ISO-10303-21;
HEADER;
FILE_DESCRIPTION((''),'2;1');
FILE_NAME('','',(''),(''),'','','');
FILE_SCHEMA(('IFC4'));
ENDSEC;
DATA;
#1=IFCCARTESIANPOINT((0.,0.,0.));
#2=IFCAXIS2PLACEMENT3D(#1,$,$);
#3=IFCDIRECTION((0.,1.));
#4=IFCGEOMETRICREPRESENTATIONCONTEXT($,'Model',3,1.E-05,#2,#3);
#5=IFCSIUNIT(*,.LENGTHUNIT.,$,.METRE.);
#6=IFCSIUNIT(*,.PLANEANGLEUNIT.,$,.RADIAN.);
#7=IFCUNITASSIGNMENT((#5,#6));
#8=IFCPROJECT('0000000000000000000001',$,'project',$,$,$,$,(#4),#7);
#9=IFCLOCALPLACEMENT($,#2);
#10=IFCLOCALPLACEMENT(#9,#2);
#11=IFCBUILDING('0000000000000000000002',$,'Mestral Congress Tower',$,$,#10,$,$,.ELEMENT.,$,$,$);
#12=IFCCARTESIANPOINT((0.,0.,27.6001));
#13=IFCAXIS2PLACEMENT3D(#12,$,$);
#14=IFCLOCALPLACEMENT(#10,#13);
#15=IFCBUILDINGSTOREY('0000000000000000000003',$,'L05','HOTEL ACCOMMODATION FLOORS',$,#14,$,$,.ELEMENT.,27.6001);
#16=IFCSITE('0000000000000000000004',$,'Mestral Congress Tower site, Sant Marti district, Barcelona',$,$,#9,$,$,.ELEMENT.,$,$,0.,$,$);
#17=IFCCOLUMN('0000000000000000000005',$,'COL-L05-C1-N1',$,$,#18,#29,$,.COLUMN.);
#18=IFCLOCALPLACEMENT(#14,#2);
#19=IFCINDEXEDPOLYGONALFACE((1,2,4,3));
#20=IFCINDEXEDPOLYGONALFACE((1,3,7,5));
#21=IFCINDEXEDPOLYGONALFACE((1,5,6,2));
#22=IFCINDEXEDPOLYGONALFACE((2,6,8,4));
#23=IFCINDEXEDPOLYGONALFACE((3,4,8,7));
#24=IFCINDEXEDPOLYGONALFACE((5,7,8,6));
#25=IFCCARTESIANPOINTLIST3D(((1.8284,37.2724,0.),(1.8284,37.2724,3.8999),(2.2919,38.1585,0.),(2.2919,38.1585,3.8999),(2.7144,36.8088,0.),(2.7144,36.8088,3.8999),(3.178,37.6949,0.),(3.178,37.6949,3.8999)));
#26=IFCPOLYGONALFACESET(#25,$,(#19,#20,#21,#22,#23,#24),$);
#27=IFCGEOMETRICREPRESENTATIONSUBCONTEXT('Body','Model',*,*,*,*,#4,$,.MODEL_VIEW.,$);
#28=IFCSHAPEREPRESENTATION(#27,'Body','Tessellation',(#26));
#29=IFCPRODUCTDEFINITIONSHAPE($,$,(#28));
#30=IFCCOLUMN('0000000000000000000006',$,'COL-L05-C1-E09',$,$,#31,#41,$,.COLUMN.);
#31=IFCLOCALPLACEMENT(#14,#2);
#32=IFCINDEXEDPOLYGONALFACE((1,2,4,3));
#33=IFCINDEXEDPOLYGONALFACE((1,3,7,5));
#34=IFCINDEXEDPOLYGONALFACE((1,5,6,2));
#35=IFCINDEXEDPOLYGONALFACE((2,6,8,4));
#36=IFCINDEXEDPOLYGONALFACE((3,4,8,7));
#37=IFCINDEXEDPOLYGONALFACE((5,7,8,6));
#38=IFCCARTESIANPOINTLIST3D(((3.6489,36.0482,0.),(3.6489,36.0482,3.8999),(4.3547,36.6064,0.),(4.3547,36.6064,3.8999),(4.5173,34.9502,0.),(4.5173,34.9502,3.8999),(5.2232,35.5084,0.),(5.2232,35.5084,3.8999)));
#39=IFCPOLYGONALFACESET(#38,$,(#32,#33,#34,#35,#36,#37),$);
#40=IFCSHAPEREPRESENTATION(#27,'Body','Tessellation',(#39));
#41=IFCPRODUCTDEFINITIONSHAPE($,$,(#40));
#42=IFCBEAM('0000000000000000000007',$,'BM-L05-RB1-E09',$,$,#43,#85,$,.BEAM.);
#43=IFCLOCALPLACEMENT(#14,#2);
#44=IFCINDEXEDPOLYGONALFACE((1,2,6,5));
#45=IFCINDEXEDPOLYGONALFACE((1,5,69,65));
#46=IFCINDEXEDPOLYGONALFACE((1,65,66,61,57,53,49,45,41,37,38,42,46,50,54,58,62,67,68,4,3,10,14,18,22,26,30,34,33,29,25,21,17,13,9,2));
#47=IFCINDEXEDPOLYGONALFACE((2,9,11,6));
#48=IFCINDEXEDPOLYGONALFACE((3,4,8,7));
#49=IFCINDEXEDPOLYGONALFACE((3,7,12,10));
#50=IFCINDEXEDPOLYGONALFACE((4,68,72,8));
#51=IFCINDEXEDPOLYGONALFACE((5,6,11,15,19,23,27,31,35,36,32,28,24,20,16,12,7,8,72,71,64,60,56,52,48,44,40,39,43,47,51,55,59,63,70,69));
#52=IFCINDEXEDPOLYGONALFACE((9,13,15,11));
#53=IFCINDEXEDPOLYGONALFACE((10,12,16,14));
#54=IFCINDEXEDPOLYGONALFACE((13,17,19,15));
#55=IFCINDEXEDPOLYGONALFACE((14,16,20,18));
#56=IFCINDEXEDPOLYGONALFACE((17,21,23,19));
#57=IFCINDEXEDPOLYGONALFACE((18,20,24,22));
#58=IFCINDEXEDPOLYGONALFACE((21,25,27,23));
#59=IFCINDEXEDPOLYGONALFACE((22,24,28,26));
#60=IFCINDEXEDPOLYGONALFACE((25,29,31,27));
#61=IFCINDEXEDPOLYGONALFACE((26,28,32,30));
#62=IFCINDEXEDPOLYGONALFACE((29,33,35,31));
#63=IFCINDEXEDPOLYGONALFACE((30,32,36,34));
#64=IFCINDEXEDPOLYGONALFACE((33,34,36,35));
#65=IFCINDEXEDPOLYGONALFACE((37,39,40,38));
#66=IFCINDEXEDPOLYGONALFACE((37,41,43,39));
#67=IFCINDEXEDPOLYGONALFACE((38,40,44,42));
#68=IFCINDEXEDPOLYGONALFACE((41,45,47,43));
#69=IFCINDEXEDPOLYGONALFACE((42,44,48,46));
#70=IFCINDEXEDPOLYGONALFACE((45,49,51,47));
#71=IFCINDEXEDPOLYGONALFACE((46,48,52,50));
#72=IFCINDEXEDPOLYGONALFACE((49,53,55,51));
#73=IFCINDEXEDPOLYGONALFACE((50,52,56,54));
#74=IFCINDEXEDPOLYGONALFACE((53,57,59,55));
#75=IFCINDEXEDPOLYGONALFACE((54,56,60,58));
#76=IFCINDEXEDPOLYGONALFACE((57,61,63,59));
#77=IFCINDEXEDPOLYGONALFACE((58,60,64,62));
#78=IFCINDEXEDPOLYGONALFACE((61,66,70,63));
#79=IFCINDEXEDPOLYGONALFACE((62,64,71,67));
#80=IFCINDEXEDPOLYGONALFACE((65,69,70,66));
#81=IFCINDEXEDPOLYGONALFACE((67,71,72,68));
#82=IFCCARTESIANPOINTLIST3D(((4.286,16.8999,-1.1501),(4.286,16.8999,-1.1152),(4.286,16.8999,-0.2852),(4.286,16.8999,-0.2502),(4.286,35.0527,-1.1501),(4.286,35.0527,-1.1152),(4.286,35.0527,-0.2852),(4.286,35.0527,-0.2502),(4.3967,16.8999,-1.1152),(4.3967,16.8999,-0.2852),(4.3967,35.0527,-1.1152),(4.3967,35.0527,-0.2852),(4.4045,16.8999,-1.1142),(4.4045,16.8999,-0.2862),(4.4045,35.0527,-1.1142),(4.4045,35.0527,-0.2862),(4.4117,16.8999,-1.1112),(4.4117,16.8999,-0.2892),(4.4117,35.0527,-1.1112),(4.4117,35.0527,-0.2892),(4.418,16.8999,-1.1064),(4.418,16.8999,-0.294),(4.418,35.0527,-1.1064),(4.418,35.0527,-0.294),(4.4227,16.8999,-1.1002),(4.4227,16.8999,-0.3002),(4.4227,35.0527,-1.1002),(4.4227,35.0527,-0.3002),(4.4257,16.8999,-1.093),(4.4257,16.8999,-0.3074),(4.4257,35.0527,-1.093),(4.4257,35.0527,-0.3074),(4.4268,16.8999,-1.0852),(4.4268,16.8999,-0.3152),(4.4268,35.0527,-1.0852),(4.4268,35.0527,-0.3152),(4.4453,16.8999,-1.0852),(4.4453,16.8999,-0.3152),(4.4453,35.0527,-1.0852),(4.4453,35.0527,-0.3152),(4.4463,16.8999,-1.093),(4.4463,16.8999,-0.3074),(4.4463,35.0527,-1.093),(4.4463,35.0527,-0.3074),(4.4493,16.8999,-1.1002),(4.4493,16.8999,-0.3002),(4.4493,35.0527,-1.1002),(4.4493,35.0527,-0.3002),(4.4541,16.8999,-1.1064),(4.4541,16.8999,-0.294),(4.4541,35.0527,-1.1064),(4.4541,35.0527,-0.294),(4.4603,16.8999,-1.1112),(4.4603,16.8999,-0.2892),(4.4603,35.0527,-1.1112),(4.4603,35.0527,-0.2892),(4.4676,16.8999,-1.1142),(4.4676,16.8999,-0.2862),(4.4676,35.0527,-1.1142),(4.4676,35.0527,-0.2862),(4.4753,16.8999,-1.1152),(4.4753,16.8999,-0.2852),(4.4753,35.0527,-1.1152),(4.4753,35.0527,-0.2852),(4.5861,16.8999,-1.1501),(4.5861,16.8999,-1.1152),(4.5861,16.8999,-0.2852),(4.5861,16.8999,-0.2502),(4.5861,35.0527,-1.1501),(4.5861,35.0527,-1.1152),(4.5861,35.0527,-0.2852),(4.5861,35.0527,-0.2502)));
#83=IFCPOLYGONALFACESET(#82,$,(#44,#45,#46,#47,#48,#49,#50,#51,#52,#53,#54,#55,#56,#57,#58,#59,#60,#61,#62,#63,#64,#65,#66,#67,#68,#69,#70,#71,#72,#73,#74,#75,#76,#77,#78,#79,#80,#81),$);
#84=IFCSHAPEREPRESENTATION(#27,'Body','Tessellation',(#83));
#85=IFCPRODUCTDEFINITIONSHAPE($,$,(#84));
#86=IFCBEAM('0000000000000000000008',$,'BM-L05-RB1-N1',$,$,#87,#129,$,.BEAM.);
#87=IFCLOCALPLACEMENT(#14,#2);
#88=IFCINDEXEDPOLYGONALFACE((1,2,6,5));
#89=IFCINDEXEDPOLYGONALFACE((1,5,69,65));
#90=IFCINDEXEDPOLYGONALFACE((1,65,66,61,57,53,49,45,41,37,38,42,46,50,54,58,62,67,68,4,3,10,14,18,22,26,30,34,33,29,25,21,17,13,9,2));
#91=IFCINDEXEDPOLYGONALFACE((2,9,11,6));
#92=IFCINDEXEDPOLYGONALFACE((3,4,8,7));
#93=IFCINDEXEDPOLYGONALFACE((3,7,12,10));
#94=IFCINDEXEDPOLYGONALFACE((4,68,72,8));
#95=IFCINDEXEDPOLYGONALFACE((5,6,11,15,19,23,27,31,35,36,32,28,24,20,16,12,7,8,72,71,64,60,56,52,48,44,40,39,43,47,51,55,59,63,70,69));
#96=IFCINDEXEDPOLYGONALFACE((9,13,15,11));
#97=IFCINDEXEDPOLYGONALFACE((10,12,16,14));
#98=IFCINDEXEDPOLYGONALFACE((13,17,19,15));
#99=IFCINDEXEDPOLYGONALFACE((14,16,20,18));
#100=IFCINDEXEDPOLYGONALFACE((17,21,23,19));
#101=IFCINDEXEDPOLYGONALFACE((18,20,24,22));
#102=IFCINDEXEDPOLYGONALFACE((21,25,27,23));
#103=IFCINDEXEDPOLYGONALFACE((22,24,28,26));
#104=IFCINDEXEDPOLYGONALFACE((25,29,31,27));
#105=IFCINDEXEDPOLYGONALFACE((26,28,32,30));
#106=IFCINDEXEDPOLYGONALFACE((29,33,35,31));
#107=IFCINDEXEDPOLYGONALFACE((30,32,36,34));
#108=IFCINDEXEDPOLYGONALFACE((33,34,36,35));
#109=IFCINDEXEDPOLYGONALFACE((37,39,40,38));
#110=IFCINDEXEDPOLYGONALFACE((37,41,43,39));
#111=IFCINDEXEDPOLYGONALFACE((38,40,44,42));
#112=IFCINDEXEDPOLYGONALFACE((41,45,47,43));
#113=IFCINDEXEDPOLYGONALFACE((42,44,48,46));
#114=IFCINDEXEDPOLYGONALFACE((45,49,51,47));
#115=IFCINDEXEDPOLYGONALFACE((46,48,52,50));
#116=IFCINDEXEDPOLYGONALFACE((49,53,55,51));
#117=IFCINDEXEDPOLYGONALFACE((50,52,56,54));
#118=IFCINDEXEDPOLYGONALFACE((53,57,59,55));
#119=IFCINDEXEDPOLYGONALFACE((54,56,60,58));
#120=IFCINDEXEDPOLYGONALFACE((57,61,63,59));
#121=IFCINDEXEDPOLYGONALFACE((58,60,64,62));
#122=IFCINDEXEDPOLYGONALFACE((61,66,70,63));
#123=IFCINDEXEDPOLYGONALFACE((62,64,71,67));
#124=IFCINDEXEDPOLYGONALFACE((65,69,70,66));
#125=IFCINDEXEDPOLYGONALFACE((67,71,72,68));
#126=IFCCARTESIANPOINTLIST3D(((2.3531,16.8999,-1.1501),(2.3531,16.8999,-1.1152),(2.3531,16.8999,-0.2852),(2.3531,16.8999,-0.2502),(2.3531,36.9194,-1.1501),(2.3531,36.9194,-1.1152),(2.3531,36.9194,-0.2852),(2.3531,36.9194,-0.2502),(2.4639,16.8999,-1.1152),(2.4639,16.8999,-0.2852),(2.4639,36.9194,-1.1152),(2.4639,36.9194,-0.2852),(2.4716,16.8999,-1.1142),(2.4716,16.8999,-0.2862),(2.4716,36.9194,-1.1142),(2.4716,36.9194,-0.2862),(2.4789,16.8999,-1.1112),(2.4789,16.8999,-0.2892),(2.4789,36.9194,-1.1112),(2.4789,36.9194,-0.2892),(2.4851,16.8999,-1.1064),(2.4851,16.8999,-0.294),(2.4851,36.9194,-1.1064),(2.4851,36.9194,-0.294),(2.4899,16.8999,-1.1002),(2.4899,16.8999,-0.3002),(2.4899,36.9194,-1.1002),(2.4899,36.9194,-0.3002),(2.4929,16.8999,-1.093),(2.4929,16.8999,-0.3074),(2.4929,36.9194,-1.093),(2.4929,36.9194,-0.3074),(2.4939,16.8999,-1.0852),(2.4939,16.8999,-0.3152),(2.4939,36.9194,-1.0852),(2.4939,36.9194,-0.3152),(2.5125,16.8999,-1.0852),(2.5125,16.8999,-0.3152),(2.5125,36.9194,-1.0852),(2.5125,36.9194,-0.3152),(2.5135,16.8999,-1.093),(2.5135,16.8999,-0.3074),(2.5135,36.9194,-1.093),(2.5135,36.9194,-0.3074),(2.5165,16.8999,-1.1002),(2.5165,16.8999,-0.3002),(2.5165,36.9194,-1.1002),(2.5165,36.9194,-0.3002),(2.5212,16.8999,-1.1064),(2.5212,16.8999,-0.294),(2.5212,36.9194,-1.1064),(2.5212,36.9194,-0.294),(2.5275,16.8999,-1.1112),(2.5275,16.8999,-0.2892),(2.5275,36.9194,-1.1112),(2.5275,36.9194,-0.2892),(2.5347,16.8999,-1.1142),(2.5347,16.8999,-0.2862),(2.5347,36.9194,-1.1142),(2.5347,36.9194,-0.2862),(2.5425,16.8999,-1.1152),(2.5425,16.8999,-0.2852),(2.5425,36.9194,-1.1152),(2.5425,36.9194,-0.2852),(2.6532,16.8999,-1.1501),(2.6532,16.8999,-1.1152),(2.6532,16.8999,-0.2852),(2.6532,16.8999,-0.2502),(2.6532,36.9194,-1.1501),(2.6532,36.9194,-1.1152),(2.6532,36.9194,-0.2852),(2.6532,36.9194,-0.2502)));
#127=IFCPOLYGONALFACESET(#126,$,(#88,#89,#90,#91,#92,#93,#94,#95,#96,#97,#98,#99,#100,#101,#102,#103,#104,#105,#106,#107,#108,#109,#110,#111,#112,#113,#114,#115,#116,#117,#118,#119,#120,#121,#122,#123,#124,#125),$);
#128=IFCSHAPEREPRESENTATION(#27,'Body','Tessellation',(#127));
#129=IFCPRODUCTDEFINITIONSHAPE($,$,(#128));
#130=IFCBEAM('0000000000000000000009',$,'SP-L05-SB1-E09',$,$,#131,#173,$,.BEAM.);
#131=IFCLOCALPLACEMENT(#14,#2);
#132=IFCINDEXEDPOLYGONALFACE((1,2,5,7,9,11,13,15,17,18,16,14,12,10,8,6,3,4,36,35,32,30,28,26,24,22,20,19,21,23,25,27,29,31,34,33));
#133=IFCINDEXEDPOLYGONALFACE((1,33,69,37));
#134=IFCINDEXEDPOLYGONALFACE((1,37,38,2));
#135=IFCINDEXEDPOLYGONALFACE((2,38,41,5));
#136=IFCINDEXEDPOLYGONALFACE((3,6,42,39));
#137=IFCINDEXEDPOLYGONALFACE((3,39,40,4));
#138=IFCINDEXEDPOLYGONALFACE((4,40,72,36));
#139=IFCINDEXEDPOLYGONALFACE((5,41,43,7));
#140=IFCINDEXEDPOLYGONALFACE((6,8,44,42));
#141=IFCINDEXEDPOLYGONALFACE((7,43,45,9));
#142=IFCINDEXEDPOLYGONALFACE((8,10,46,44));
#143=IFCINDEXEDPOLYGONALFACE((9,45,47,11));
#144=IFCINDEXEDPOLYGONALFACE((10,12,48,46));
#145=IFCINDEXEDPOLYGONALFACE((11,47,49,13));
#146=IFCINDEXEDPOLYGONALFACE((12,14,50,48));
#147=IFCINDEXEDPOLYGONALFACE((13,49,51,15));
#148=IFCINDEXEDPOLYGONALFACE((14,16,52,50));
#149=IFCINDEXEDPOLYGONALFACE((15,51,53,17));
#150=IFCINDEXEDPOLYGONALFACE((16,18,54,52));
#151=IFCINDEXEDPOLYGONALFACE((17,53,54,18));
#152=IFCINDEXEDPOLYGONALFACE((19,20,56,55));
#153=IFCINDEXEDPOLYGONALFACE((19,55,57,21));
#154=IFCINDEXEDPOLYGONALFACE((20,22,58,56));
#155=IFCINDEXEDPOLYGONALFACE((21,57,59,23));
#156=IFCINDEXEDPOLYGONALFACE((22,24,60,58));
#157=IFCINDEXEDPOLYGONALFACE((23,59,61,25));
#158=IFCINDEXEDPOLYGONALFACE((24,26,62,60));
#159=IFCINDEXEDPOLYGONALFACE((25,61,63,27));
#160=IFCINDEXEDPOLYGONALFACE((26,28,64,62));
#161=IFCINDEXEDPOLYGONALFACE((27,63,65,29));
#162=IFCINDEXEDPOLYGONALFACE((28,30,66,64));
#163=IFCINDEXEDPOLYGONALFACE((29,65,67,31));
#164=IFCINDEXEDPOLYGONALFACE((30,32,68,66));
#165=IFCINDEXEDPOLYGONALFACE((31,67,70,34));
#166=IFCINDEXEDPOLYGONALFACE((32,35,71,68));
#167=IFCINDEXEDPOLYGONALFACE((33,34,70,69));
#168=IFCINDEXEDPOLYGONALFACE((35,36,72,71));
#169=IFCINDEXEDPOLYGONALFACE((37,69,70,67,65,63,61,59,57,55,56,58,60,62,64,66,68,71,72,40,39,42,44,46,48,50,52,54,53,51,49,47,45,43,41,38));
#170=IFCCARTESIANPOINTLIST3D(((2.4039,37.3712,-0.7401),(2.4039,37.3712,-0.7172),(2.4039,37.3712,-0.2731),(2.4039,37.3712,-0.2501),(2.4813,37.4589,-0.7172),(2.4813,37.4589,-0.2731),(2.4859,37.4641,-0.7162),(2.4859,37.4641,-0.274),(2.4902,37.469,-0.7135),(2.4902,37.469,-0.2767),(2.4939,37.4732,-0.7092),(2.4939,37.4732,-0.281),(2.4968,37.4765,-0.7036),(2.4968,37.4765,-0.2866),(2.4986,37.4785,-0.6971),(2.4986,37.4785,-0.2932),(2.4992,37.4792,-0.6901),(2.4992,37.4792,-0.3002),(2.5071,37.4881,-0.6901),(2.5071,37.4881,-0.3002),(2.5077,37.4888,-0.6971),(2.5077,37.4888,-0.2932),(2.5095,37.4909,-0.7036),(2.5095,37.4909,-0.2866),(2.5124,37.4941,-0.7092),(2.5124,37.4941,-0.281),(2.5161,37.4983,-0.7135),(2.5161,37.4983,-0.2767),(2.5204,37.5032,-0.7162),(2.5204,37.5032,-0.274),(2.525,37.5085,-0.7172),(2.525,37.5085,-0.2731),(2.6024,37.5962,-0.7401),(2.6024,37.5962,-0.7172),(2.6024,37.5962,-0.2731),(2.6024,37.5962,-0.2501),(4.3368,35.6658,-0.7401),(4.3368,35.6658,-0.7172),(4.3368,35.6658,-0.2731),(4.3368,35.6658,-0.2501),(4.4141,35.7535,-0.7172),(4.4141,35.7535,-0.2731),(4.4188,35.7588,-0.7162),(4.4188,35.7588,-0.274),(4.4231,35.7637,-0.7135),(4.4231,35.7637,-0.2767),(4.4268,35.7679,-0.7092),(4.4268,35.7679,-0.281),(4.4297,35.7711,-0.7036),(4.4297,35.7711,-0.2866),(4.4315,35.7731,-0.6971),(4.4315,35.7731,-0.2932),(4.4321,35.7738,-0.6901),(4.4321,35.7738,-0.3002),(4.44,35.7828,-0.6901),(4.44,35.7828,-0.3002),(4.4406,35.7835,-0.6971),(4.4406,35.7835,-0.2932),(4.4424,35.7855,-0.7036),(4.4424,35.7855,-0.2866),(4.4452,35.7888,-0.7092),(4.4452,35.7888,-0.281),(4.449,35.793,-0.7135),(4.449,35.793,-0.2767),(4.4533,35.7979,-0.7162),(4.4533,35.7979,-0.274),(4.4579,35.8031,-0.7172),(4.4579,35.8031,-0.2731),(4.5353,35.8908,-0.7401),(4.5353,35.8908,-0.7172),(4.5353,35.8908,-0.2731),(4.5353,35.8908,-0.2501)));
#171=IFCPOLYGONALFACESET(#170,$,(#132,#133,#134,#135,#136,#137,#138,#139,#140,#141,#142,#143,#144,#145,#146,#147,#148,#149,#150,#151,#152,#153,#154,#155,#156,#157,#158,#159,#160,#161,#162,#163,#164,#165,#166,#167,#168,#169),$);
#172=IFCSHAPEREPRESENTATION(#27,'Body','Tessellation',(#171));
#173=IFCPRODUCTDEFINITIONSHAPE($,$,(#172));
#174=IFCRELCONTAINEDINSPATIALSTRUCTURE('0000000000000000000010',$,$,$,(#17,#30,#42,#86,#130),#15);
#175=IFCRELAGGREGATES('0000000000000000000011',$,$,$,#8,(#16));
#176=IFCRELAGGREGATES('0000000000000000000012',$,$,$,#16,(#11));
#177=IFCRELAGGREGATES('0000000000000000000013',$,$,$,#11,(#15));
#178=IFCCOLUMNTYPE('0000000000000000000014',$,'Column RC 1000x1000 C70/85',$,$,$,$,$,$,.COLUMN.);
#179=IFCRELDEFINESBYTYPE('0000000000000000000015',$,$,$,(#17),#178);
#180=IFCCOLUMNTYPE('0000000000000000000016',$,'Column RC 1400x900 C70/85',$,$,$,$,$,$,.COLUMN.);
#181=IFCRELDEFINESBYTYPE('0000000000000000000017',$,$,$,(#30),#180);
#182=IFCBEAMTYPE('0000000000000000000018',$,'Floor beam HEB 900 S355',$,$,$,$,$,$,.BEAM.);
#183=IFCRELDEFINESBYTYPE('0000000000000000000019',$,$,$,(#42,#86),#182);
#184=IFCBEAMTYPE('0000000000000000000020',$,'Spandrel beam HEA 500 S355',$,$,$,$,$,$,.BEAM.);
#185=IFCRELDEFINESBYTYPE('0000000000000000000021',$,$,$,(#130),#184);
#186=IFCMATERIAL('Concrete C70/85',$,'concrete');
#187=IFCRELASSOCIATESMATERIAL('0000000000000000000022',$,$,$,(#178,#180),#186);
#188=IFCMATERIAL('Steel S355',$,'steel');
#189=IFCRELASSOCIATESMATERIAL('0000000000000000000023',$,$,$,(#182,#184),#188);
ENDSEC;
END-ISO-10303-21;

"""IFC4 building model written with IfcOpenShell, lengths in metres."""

from ifc_helpers import new_model, si_unit, direction, frame, origin, origin_2d, place, context, subcontext, project, spatial, rectangle, i_section, extrude, material, material_profile, profile_set, type_object, element, save


model = new_model("IFC4")

# Units and contexts
model_context = context("Model", 3, precision=1e-05, world=origin(), true_north=direction((0.0, 1.0)))
body_context = subcontext(model_context, "Body", "Model", "MODEL_VIEW")
ifc_project = project(units=[si_unit("LENGTHUNIT", "METRE"), si_unit("PLANEANGLEUNIT", "RADIAN")], contexts=[model_context])

# Site, building, storey
site_placement = place(None, origin())
site = spatial("IfcSite", under=ifc_project, at=site_placement, Name="Mestral Congress Tower site, Sant Marti district, Barcelona", CompositionType="ELEMENT", RefElevation=0.0)
building_placement = place(site_placement, origin())
building = spatial("IfcBuilding", under=site, at=building_placement, Name="Mestral Congress Tower", CompositionType="ELEMENT")
storey_placement = place(building_placement, frame((0.0, 0.0, 27.6001)))
storey = spatial("IfcBuildingStorey", under=building, at=storey_placement, Name="L05", Description="HOTEL ACCOMMODATION FLOORS", CompositionType="ELEMENT", Elevation=27.6001)

# Columns
ifc_material_1 = material(Name="Concrete C70/85", Category="concrete")
ifc_material_profile_1 = material_profile(ifc_material_1, rectangle(XDim=1.0, YDim=1.0, at=origin_2d()), Name="RC 1000x1000")
ifc_profile_set_1 = profile_set([ifc_material_profile_1], Name="Concrete C70/85")
column_type_1 = type_object("IfcColumnType", Name="Column RC 1000x1000 C70/85", PredefinedType="COLUMN", material=ifc_profile_set_1)
column_1_placement = place(storey_placement, frame((2.5032, 37.4836, 0.0), z_axis=(0.0, 0.0, 1.0), x_axis=(-0.886068, 0.463556, 0.0)))
element("IfcColumn", 1, at=column_1_placement, inside=storey, type_object=column_type_1, Name="COL-L05-C1-N1", PredefinedType="COLUMN", context=body_context, shape_type="SweptSolid", body=[
    extrude(rectangle(XDim=1.0, YDim=1.0, at=origin_2d()), origin(), (0.0, 0.0, 1.0), 3.8999),
])
ifc_material_profile_2 = material_profile(ifc_material_1, rectangle(XDim=1.3999, YDim=0.8999, at=origin_2d()), Name="RC 1400x900")
ifc_profile_set_2 = profile_set([ifc_material_profile_2], Name="Concrete C70/85")
column_type_2 = type_object("IfcColumnType", Name="Column RC 1400x900 C70/85", PredefinedType="COLUMN", material=ifc_profile_set_2)
column_2_placement = place(storey_placement, frame((4.436, 35.7783, 0.0), z_axis=(0.0, 0.0, 1.0), x_axis=(-0.620334, 0.784338, 0.0)))
element("IfcColumn", 2, at=column_2_placement, inside=storey, type_object=column_type_2, Name="COL-L05-C1-E09", PredefinedType="COLUMN", context=body_context, shape_type="SweptSolid", body=[
    extrude(rectangle(XDim=1.3999, YDim=0.8999, at=origin_2d()), origin(), (0.0, 0.0, 1.0), 3.8999),
])

# Beams
ifc_material_2 = material(Name="Steel S355", Category="steel")
ifc_material_profile_3 = material_profile(ifc_material_2, i_section(OverallWidth=0.3, OverallDepth=0.8999, WebThickness=0.0186, FlangeThickness=0.0349, FilletRadius=0.03, at=origin_2d()), Name="HEB 900")
ifc_profile_set_3 = profile_set([ifc_material_profile_3], Name="Steel S355")
beam_type_1 = type_object("IfcBeamType", Name="Floor beam HEB 900 S355", PredefinedType="BEAM", material=ifc_profile_set_3)
beam_1_placement = place(storey_placement, frame((4.436, 35.0527, -0.7002), z_axis=(0.0, -1.0, 0.0), x_axis=(1.0, 0.0, 0.0)))
element("IfcBeam", 3, at=beam_1_placement, inside=storey, type_object=beam_type_1, Name="BM-L05-RB1-E09", PredefinedType="BEAM", context=body_context, shape_type="SweptSolid", body=[
    extrude(i_section(OverallWidth=0.3, OverallDepth=0.8999, WebThickness=0.0186, FlangeThickness=0.0349, FilletRadius=0.03, at=origin_2d()), origin(), (0.0, 0.0, 1.0), 18.1528),
])
beam_2_placement = place(storey_placement, frame((2.5032, 36.9194, -0.7002), z_axis=(0.0, -1.0, 0.0), x_axis=(1.0, 0.0, 0.0)))
element("IfcBeam", 4, at=beam_2_placement, inside=storey, type_object=beam_type_1, Name="BM-L05-RB1-N1", PredefinedType="BEAM", context=body_context, shape_type="SweptSolid", body=[
    extrude(i_section(OverallWidth=0.3, OverallDepth=0.8999, WebThickness=0.0186, FlangeThickness=0.0349, FilletRadius=0.03, at=origin_2d()), origin(), (0.0, 0.0, 1.0), 20.0195),
])
ifc_material_profile_4 = material_profile(ifc_material_2, i_section(OverallWidth=0.3, OverallDepth=0.49, WebThickness=0.012, FlangeThickness=0.0229, FilletRadius=0.0271, at=origin_2d()), Name="HEA 500")
ifc_profile_set_4 = profile_set([ifc_material_profile_4], Name="Steel S355")
beam_type_2 = type_object("IfcBeamType", Name="Spandrel beam HEA 500 S355", PredefinedType="BEAM", material=ifc_profile_set_4)
beam_3_placement = place(storey_placement, frame((4.436, 35.7783, -0.4951), z_axis=(-0.749865, 0.66159, 0.0), x_axis=(-0.66159, -0.749865, 0.0)))
element("IfcBeam", 5, at=beam_3_placement, inside=storey, type_object=beam_type_2, Name="SP-L05-SB1-E09", PredefinedType="BEAM", context=body_context, shape_type="SweptSolid", body=[
    extrude(i_section(OverallWidth=0.3, OverallDepth=0.49, WebThickness=0.012, FlangeThickness=0.0229, FilletRadius=0.0271, at=origin_2d()), origin(), (0.0, 0.0, 1.0), 2.5776),
])

save(model, "model.ifc")
